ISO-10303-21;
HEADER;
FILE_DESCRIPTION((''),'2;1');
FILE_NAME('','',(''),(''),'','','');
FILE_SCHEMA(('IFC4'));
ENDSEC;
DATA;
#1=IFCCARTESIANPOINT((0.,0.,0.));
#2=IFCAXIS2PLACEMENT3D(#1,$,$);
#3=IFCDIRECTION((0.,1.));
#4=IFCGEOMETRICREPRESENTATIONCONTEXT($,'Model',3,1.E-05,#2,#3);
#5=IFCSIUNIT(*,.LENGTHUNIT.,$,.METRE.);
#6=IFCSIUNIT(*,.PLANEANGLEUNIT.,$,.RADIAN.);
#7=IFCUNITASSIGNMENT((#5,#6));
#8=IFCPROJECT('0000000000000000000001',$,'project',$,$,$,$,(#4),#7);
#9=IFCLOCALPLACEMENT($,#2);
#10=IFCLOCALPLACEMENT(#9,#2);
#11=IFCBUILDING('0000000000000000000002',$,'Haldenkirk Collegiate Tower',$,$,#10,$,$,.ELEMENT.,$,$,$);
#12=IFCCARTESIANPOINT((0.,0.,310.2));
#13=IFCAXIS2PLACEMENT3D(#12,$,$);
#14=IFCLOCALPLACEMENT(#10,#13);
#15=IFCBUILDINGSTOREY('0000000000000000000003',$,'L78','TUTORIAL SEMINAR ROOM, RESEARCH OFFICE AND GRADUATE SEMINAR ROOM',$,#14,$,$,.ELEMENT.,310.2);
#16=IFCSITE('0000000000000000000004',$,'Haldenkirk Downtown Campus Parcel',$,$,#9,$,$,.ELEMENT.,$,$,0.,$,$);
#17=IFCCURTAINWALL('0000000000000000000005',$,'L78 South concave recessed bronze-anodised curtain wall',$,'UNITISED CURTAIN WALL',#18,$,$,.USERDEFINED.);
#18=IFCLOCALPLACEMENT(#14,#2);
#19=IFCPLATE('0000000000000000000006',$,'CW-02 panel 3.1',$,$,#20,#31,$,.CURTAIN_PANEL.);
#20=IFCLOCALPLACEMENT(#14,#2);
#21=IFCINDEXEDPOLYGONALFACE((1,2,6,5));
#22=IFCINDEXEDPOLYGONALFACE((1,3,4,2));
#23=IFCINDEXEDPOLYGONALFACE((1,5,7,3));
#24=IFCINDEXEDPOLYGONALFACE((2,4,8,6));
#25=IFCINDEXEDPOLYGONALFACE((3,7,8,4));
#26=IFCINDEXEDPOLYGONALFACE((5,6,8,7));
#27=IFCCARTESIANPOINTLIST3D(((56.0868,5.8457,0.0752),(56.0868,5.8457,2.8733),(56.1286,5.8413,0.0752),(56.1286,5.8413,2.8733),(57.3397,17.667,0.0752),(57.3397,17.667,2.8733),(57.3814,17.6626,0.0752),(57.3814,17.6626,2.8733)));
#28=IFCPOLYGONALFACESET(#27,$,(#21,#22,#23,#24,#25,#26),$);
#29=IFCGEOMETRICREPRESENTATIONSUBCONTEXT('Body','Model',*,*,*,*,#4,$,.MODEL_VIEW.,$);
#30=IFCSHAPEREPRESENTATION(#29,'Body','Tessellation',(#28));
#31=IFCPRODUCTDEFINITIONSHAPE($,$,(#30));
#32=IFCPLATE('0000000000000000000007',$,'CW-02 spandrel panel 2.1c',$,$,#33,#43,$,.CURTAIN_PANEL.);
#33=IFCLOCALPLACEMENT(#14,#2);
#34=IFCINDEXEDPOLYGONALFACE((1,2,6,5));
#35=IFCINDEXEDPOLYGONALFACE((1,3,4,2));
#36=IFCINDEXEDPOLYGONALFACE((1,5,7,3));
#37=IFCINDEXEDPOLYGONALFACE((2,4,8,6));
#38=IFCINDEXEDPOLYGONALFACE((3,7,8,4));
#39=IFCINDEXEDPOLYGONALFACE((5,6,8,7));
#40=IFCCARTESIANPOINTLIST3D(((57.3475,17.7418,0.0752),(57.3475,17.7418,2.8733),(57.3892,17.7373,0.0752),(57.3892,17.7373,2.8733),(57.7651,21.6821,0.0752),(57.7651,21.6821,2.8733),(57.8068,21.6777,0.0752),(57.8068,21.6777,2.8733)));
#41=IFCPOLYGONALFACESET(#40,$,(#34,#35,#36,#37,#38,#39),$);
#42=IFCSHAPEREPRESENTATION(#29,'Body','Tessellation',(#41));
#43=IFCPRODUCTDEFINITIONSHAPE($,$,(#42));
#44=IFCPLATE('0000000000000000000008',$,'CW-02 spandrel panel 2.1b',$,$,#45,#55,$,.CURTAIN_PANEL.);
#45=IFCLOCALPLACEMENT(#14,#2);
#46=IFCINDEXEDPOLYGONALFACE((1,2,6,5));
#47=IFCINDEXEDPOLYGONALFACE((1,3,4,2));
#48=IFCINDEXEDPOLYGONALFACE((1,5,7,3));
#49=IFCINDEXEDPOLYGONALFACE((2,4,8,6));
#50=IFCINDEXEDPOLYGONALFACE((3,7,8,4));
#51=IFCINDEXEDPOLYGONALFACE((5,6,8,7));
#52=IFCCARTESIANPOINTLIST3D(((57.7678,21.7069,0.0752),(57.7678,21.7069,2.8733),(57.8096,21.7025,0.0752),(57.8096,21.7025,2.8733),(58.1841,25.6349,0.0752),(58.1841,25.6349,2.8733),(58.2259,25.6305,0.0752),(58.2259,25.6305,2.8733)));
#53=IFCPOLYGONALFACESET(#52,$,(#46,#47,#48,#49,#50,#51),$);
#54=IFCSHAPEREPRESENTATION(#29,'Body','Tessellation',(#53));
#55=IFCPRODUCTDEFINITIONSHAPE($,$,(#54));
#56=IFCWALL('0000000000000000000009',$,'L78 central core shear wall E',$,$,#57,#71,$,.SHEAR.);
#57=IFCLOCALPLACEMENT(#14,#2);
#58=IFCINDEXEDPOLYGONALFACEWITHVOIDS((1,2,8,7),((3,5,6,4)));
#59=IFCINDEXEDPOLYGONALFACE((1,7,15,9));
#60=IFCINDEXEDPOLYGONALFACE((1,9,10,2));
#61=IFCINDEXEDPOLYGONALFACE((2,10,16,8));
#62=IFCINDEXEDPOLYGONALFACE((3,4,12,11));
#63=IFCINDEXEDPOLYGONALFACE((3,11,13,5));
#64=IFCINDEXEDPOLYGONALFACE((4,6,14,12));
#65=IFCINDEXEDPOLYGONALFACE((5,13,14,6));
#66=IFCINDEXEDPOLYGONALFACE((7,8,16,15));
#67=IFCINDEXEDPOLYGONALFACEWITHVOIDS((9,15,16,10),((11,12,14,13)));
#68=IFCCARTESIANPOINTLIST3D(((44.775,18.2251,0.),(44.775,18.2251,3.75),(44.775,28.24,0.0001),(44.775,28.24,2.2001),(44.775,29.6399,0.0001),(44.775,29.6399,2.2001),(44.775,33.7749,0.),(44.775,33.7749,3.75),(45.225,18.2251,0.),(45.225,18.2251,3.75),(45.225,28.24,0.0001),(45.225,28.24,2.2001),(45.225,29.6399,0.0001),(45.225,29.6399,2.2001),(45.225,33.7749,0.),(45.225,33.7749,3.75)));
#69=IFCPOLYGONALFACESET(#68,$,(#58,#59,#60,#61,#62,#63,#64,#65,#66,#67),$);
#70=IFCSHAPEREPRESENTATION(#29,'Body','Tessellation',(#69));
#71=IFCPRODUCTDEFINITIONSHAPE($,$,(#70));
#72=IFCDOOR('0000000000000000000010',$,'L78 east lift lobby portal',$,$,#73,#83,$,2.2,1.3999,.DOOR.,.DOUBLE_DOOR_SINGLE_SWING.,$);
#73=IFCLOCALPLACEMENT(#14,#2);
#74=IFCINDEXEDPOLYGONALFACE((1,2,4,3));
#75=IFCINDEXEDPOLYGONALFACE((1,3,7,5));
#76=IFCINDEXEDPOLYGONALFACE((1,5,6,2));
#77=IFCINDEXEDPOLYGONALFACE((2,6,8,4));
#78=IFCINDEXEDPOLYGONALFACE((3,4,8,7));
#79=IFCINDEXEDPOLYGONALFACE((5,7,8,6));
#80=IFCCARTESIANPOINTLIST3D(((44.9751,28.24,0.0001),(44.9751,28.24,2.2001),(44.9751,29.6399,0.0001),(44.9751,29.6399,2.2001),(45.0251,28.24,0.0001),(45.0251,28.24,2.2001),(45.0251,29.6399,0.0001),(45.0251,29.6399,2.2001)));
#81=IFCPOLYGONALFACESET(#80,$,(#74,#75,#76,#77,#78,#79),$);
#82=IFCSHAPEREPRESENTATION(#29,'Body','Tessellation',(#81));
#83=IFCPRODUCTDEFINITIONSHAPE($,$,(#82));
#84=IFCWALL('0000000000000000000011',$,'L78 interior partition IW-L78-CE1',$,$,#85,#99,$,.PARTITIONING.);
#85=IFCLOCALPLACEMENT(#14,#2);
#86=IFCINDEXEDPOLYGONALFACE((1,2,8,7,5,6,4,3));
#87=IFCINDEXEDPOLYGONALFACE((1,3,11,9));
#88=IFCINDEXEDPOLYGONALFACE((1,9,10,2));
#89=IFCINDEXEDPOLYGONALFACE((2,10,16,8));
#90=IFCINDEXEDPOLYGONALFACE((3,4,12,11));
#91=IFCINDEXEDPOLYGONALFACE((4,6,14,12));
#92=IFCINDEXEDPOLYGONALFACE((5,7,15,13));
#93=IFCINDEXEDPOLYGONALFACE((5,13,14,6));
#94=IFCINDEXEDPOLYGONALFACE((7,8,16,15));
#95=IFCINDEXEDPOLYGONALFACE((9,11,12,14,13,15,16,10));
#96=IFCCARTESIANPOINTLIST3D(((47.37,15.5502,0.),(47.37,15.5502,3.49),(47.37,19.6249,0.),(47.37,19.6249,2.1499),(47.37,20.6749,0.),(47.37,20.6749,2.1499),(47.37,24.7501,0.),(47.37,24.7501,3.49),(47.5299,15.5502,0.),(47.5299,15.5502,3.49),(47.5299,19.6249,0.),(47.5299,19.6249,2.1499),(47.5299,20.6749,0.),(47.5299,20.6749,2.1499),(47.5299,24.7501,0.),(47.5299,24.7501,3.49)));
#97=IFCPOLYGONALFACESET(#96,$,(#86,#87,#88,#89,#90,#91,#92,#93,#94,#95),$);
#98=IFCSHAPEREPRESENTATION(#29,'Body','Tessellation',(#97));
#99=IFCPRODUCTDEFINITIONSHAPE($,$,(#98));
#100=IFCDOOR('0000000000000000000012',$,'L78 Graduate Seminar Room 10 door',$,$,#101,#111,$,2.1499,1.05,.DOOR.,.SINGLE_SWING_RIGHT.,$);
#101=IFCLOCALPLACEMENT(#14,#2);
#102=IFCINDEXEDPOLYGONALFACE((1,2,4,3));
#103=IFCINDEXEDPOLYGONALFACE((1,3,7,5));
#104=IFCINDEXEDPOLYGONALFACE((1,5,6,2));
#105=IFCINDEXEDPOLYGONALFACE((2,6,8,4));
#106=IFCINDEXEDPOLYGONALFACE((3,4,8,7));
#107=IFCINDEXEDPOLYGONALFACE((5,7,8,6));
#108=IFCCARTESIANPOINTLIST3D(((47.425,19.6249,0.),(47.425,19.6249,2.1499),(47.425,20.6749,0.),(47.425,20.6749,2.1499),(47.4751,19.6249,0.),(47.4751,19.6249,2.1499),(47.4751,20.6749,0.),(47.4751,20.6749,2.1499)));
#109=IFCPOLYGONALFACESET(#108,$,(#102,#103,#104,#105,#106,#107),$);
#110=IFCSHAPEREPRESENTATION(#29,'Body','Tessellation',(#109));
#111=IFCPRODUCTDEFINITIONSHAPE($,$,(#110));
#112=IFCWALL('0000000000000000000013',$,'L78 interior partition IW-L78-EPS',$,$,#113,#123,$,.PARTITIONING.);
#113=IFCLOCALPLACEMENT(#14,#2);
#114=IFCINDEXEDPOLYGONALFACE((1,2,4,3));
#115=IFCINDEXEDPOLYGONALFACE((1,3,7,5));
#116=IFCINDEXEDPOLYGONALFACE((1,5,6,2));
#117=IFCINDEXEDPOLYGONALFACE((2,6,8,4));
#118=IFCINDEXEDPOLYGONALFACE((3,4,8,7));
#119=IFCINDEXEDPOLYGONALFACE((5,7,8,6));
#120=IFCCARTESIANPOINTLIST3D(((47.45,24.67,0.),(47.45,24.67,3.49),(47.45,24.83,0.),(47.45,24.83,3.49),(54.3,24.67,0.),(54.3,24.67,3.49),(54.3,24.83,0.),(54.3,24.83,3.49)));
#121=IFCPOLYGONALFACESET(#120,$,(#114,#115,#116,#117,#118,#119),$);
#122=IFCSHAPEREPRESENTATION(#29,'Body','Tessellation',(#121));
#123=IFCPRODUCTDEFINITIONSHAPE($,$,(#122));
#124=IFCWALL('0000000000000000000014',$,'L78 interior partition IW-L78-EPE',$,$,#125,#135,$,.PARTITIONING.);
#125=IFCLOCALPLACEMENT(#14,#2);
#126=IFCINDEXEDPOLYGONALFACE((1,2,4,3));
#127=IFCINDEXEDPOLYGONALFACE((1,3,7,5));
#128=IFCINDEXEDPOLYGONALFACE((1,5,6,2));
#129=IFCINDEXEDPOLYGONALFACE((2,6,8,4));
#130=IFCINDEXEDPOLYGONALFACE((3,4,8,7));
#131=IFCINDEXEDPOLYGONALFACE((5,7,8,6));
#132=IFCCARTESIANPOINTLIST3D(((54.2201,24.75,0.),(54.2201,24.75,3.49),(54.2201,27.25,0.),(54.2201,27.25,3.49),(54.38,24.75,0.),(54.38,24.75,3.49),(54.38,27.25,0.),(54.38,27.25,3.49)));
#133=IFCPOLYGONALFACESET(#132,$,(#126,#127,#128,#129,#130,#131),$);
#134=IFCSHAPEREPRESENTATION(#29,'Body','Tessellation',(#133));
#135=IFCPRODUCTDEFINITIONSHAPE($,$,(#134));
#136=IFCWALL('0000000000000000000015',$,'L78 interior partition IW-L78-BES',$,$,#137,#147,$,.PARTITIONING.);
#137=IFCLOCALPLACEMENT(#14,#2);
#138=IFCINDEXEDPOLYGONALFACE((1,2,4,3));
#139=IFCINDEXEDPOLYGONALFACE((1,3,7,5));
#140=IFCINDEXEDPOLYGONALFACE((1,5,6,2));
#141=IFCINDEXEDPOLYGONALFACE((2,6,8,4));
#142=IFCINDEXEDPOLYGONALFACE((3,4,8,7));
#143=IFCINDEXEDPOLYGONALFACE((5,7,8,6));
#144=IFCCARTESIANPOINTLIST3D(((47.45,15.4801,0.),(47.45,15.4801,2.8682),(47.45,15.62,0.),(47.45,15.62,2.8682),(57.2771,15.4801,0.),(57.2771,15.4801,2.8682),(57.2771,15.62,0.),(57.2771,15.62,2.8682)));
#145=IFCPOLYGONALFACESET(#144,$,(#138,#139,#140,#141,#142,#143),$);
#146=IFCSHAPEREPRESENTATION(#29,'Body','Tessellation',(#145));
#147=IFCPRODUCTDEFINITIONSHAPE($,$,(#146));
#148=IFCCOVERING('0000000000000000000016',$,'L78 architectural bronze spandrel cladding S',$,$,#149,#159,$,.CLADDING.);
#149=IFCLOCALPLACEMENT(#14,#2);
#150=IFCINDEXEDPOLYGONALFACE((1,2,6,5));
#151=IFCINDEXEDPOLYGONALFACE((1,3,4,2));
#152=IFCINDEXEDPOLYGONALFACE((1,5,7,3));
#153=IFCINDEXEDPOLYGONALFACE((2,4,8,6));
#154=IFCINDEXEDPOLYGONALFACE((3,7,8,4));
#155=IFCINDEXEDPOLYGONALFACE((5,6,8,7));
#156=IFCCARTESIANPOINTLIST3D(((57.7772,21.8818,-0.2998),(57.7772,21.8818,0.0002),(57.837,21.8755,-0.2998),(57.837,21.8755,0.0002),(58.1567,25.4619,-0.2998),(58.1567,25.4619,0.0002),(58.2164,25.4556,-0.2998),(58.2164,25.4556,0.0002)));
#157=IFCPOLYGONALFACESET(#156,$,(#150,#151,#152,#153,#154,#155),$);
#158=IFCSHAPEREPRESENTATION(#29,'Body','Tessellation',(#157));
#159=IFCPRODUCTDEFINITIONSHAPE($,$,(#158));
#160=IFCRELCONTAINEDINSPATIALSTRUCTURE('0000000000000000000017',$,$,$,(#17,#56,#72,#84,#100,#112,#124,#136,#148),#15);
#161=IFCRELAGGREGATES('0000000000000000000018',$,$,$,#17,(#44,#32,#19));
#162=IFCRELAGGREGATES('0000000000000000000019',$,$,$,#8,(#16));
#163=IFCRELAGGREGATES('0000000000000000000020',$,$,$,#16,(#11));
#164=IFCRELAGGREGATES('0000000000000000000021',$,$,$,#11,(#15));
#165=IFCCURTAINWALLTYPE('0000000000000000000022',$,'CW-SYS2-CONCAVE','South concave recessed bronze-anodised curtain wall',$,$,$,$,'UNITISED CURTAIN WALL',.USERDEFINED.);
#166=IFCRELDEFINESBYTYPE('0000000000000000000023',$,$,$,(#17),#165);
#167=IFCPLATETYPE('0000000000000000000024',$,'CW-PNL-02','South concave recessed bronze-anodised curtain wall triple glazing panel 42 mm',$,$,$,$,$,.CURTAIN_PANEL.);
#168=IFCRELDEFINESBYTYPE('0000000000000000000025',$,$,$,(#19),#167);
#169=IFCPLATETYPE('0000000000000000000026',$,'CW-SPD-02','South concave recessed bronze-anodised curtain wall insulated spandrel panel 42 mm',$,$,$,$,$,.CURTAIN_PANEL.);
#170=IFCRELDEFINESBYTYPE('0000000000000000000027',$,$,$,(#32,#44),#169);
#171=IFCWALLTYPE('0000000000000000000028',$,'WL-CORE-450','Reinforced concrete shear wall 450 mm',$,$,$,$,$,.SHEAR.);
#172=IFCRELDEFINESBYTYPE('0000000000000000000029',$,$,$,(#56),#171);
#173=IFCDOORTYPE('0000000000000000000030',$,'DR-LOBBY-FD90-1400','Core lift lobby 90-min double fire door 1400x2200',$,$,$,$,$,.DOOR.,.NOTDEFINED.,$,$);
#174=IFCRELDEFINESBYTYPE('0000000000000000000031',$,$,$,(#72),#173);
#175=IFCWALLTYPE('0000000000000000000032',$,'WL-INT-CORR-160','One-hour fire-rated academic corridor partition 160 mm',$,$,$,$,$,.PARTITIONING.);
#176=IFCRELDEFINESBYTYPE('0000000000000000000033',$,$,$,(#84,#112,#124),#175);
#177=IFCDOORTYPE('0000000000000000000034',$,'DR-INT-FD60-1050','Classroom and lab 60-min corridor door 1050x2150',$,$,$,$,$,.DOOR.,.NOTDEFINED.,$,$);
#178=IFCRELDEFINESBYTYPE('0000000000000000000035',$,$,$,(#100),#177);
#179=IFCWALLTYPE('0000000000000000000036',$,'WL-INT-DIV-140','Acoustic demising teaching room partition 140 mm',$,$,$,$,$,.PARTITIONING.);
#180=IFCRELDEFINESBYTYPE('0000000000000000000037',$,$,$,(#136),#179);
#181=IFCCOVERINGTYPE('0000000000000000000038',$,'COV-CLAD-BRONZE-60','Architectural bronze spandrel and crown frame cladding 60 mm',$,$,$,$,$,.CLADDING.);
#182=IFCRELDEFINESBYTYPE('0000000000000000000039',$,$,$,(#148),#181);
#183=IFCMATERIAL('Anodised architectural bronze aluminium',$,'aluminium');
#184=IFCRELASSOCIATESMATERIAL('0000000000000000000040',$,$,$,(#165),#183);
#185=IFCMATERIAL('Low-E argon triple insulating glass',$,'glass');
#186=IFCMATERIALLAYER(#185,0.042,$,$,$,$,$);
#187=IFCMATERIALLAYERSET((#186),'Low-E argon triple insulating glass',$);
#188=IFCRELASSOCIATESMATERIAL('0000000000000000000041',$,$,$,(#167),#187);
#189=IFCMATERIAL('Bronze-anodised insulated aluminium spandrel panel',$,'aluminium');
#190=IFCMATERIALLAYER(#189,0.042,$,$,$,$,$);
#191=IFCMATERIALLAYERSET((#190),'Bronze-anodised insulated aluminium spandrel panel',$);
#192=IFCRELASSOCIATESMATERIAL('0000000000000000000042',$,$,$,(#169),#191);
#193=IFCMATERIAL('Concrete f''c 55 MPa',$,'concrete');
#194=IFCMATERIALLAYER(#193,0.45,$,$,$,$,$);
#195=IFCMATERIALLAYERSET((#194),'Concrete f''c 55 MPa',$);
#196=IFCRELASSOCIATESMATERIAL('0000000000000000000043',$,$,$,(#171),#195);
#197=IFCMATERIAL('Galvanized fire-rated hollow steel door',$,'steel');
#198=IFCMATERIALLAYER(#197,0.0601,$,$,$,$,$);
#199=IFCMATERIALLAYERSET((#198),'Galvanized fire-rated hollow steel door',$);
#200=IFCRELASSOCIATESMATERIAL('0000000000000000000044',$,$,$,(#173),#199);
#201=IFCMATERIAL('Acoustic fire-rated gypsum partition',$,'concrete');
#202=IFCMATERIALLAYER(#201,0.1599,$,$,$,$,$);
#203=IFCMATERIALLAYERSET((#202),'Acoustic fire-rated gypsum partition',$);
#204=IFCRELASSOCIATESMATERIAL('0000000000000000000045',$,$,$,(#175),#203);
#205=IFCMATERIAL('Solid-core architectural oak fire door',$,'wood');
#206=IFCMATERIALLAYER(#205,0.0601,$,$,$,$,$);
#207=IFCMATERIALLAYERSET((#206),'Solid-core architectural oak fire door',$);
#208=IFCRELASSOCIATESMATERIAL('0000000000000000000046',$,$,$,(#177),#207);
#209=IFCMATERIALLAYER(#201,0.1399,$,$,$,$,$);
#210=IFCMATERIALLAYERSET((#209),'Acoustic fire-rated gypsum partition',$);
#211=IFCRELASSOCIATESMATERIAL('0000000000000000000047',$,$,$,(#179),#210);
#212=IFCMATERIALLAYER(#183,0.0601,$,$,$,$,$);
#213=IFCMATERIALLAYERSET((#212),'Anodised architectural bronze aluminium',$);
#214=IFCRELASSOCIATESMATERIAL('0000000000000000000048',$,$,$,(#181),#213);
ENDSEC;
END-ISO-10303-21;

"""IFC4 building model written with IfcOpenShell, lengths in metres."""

from ifc_helpers import new_model, si_unit, direction, frame, frame_2d, origin, origin_2d, place, context, subcontext, project, spatial, rectangle, extrude, source, transform, mapped, material, layer, layer_set, type_object, element, fill, aggregate, save


model = new_model("IFC4")

# Units and contexts
model_context = context("Model", 3, precision=1e-05, world=origin(), true_north=direction((0.0, 1.0)))
body_context = subcontext(model_context, "Body", "Model", "MODEL_VIEW")
ifc_project = project(units=[si_unit("LENGTHUNIT", "METRE"), si_unit("PLANEANGLEUNIT", "RADIAN")], contexts=[model_context])

# Site, building, storey
site_placement = place(None, origin())
site = spatial("IfcSite", under=ifc_project, at=site_placement, Name="Haldenkirk Downtown Campus Parcel", CompositionType="ELEMENT", RefElevation=0.0)
building_placement = place(site_placement, origin())
building = spatial("IfcBuilding", under=site, at=building_placement, Name="Haldenkirk Collegiate Tower", CompositionType="ELEMENT")
storey_placement = place(building_placement, frame((0.0, 0.0, 310.2)))
storey = spatial("IfcBuildingStorey", under=building, at=storey_placement, Name="L78", Description="TUTORIAL SEMINAR ROOM, RESEARCH OFFICE AND GRADUATE SEMINAR ROOM", CompositionType="ELEMENT", Elevation=310.2)

# Curtain wall, plates
ifc_material_1 = material(Name="Anodised architectural bronze aluminium", Category="aluminium")
curtain_wall_type = type_object("IfcCurtainWallType", Name="CW-SYS2-CONCAVE", Description="South concave recessed bronze-anodised curtain wall", ElementType="UNITISED CURTAIN WALL", PredefinedType="USERDEFINED", material=ifc_material_1)
curtain_wall_placement = place(storey_placement, origin())
curtain_wall = element("IfcCurtainWall", 1, at=curtain_wall_placement, inside=storey, type_object=curtain_wall_type, Name="L78 South concave recessed bronze-anodised curtain wall", ObjectType="UNITISED CURTAIN WALL", PredefinedType="USERDEFINED")
ifc_material_2 = material(Name="Low-E argon triple insulating glass", Category="glass")
ifc_layer_1 = layer(ifc_material_2, 0.042)
ifc_layer_set_1 = layer_set([ifc_layer_1], Name="Low-E argon triple insulating glass")
plate_type_1 = type_object("IfcPlateType", Name="CW-PNL-02", Description="South concave recessed bronze-anodised curtain wall triple glazing panel 42 mm", PredefinedType="CURTAIN_PANEL", material=ifc_layer_set_1)
shared_shape_1 = source(origin(), body_context, "Body", "SweptSolid", [
    extrude(rectangle(XDim=11.8875, YDim=0.042, at=origin_2d()), origin(), (0.0, 0.0, 1.0), 2.7981),
])
plate_1_placement = place(storey_placement, frame((56.7341, 11.7542, 0.0752), z_axis=(0.0, 0.0, 1.0), x_axis=(-0.105394, -0.99443, 0.0)))
plate_1 = element("IfcPlate", 2, at=plate_1_placement, type_object=plate_type_1, Name="CW-02 panel 3.1", PredefinedType="CURTAIN_PANEL", context=body_context, shape_type="MappedRepresentation", body=[
    mapped(shared_shape_1, transform((0.0, 0.0, 0.0), x_axis=(1.0, 0.0, 0.0), y_axis=(0.0, 1.0, 0.0), z_axis=(0.0, 0.0, 1.0), scale=1.0)),
])
ifc_material_3 = material(Name="Bronze-anodised insulated aluminium spandrel panel", Category="aluminium")
ifc_layer_2 = layer(ifc_material_3, 0.042)
ifc_layer_set_2 = layer_set([ifc_layer_2], Name="Bronze-anodised insulated aluminium spandrel panel")
plate_type_2 = type_object("IfcPlateType", Name="CW-SPD-02", Description="South concave recessed bronze-anodised curtain wall insulated spandrel panel 42 mm", PredefinedType="CURTAIN_PANEL", material=ifc_layer_set_2)
shared_shape_2 = source(origin(), body_context, "Body", "SweptSolid", [
    extrude(rectangle(XDim=3.9624, YDim=0.042, at=origin_2d()), origin(), (0.0, 0.0, 1.0), 2.7981),
])
plate_2_placement = place(storey_placement, frame((57.5771, 19.7097, 0.0752), z_axis=(0.0, 0.0, 1.0), x_axis=(-0.105394, -0.99443, 0.0)))
plate_2 = element("IfcPlate", 3, at=plate_2_placement, type_object=plate_type_2, Name="CW-02 spandrel panel 2.1c", PredefinedType="CURTAIN_PANEL", context=body_context, shape_type="MappedRepresentation", body=[
    mapped(shared_shape_2, transform((0.0, 0.0, 0.0), x_axis=(1.0, 0.0, 0.0), y_axis=(0.0, 1.0, 0.0), z_axis=(0.0, 0.0, 1.0), scale=1.0)),
])
shared_shape_3 = source(origin(), body_context, "Body", "SweptSolid", [
    extrude(rectangle(XDim=3.95, YDim=0.042, at=origin_2d()), origin(), (0.0, 0.0, 1.0), 2.7981),
])
plate_3_placement = place(storey_placement, frame((57.9968, 23.6687, 0.0752), z_axis=(0.0, 0.0, 1.0), x_axis=(-0.105394, -0.99443, 0.0)))
plate_3 = element("IfcPlate", 4, at=plate_3_placement, type_object=plate_type_2, Name="CW-02 spandrel panel 2.1b", PredefinedType="CURTAIN_PANEL", context=body_context, shape_type="MappedRepresentation", body=[
    mapped(shared_shape_3, transform((0.0, 0.0, 0.0), x_axis=(1.0, 0.0, 0.0), y_axis=(0.0, 1.0, 0.0), z_axis=(0.0, 0.0, 1.0), scale=1.0)),
])
aggregate(curtain_wall, [plate_3, plate_2, plate_1])

# Walls, openings, doors
ifc_material_4 = material(Name="Concrete f'c 55 MPa", Category="concrete")
ifc_layer_3 = layer(ifc_material_4, 0.45)
ifc_layer_set_3 = layer_set([ifc_layer_3], Name="Concrete f'c 55 MPa")
wall_type_1 = type_object("IfcWallType", Name="WL-CORE-450", Description="Reinforced concrete shear wall 450 mm", PredefinedType="SHEAR", material=ifc_layer_set_3)
wall_1_placement = place(storey_placement, frame((45.0, 18.2251, 0.0), z_axis=(0.0, 0.0, 1.0), x_axis=(0.0, 1.0, 0.0)))
wall_1 = element("IfcWall", 5, at=wall_1_placement, inside=storey, type_object=wall_type_1, Name="L78 central core shear wall E", PredefinedType="SHEAR", context=body_context, shape_type="SweptSolid", body=[
    extrude(rectangle(XDim=15.5498, YDim=0.45, at=frame_2d((7.7749, 0.0))), origin(), (0.0, 0.0, 1.0), 3.75),
])
opening_1_placement = place(wall_1_placement, frame((10.0149, 0.0, 0.0)))
opening_1 = element("IfcOpeningElement", 6, at=opening_1_placement, cuts=wall_1, PredefinedType="OPENING", context=body_context, shape_type="SweptSolid", body=[
    extrude(rectangle(XDim=1.3999, YDim=2.2, at=frame_2d((0.7, 1.1001))), frame((0.0, 0.2349, 0.0), z_axis=(0.0, -1.0, 0.0), x_axis=(1.0, 0.0, 0.0)), (0.0, 0.0, 1.0), 0.47),
])
ifc_material_5 = material(Name="Galvanized fire-rated hollow steel door", Category="steel")
ifc_layer_4 = layer(ifc_material_5, 0.0601)
ifc_layer_set_4 = layer_set([ifc_layer_4], Name="Galvanized fire-rated hollow steel door")
door_type_1 = type_object("IfcDoorType", Name="DR-LOBBY-FD90-1400", Description="Core lift lobby 90-min double fire door 1400x2200", OperationType="NOTDEFINED", PredefinedType="DOOR", material=ifc_layer_set_4)
door_1_placement = place(opening_1_placement, origin())
door_1 = element("IfcDoor", 7, at=door_1_placement, inside=storey, type_object=door_type_1, Name="L78 east lift lobby portal", OperationType="DOUBLE_DOOR_SINGLE_SWING", OverallHeight=2.2, OverallWidth=1.3999, PredefinedType="DOOR", context=body_context, shape_type="SweptSolid", body=[
    extrude(rectangle(XDim=1.3999, YDim=2.2, at=frame_2d((0.7, 1.1001))), frame((0.0, 0.0249, 0.0), z_axis=(0.0, -1.0, 0.0), x_axis=(1.0, 0.0, 0.0)), (0.0, 0.0, 1.0), 0.05),
])
fill(opening_1, door_1)
ifc_material_6 = material(Name="Acoustic fire-rated gypsum partition", Category="concrete")
ifc_layer_5 = layer(ifc_material_6, 0.1599)
ifc_layer_set_5 = layer_set([ifc_layer_5], Name="Acoustic fire-rated gypsum partition")
wall_type_2 = type_object("IfcWallType", Name="WL-INT-CORR-160", Description="One-hour fire-rated academic corridor partition 160 mm", PredefinedType="PARTITIONING", material=ifc_layer_set_5)
wall_2_placement = place(storey_placement, frame((47.45, 15.55, 0.0), z_axis=(0.0, 0.0, 1.0), x_axis=(0.0, 1.0, 0.0)))
wall_2 = element("IfcWall", 8, at=wall_2_placement, inside=storey, type_object=wall_type_2, Name="L78 interior partition IW-L78-CE1", PredefinedType="PARTITIONING", context=body_context, shape_type="SweptSolid", body=[
    extrude(rectangle(XDim=9.2, YDim=0.1599, at=frame_2d((4.6001, 0.0))), origin(), (0.0, 0.0, 1.0), 3.49),
])
opening_2_placement = place(wall_2_placement, frame((4.075, 0.0, 0.0)))
opening_2 = element("IfcOpeningElement", 9, at=opening_2_placement, cuts=wall_2, PredefinedType="OPENING", context=body_context, shape_type="SweptSolid", body=[
    extrude(rectangle(XDim=1.05, YDim=2.1499, at=frame_2d((0.5249, 1.075))), frame((0.0, 0.0898, 0.0), z_axis=(0.0, -1.0, 0.0), x_axis=(1.0, 0.0, 0.0)), (0.0, 0.0, 1.0), 0.1799),
])
ifc_material_7 = material(Name="Solid-core architectural oak fire door", Category="wood")
ifc_layer_6 = layer(ifc_material_7, 0.0601)
ifc_layer_set_6 = layer_set([ifc_layer_6], Name="Solid-core architectural oak fire door")
door_type_2 = type_object("IfcDoorType", Name="DR-INT-FD60-1050", Description="Classroom and lab 60-min corridor door 1050x2150", OperationType="NOTDEFINED", PredefinedType="DOOR", material=ifc_layer_set_6)
door_2_placement = place(opening_2_placement, origin())
door_2 = element("IfcDoor", 10, at=door_2_placement, inside=storey, type_object=door_type_2, Name="L78 Graduate Seminar Room 10 door", OperationType="SINGLE_SWING_RIGHT", OverallHeight=2.1499, OverallWidth=1.05, PredefinedType="DOOR", context=body_context, shape_type="SweptSolid", body=[
    extrude(rectangle(XDim=1.05, YDim=2.1499, at=frame_2d((0.5249, 1.075))), frame((0.0, 0.0249, 0.0), z_axis=(0.0, -1.0, 0.0), x_axis=(1.0, 0.0, 0.0)), (0.0, 0.0, 1.0), 0.05),
])
fill(opening_2, door_2)

# Walls
wall_3_placement = place(storey_placement, frame((47.45, 24.75, 0.0), z_axis=(0.0, 0.0, 1.0), x_axis=(1.0, 0.0, 0.0)))
element("IfcWall", 11, at=wall_3_placement, inside=storey, type_object=wall_type_2, Name="L78 interior partition IW-L78-EPS", PredefinedType="PARTITIONING", context=body_context, shape_type="SweptSolid", body=[
    extrude(rectangle(XDim=6.8501, YDim=0.1599, at=frame_2d((3.425, 0.0))), origin(), (0.0, 0.0, 1.0), 3.49),
])
wall_4_placement = place(storey_placement, frame((54.3, 24.75, 0.0), z_axis=(0.0, 0.0, 1.0), x_axis=(0.0, 1.0, 0.0)))
element("IfcWall", 12, at=wall_4_placement, inside=storey, type_object=wall_type_2, Name="L78 interior partition IW-L78-EPE", PredefinedType="PARTITIONING", context=body_context, shape_type="SweptSolid", body=[
    extrude(rectangle(XDim=2.5, YDim=0.1599, at=frame_2d((1.25, 0.0))), origin(), (0.0, 0.0, 1.0), 3.49),
])
ifc_layer_7 = layer(ifc_material_6, 0.1399)
ifc_layer_set_7 = layer_set([ifc_layer_7], Name="Acoustic fire-rated gypsum partition")
wall_type_3 = type_object("IfcWallType", Name="WL-INT-DIV-140", Description="Acoustic demising teaching room partition 140 mm", PredefinedType="PARTITIONING", material=ifc_layer_set_7)
wall_5_placement = place(storey_placement, frame((47.45, 15.55, 0.0), z_axis=(0.0, 0.0, 1.0), x_axis=(1.0, 0.0, 0.0)))
element("IfcWall", 13, at=wall_5_placement, inside=storey, type_object=wall_type_3, Name="L78 interior partition IW-L78-BES", PredefinedType="PARTITIONING", context=body_context, shape_type="SweptSolid", body=[
    extrude(rectangle(XDim=9.8271, YDim=0.1399, at=frame_2d((4.9136, 0.0))), origin(), (0.0, 0.0, 1.0), 2.8682),
])

# Covering
ifc_layer_8 = layer(ifc_material_1, 0.0601)
ifc_layer_set_8 = layer_set([ifc_layer_8], Name="Anodised architectural bronze aluminium")
covering_type = type_object("IfcCoveringType", Name="COV-CLAD-BRONZE-60", Description="Architectural bronze spandrel and crown frame cladding 60 mm", PredefinedType="CLADDING", material=ifc_layer_set_8)
shared_shape_4 = source(origin(), body_context, "Body", "SweptSolid", [
    extrude(rectangle(XDim=3.6001, YDim=0.0601, at=origin_2d()), origin(), (0.0, 0.0, 1.0), 0.3),
])
covering_placement = place(storey_placement, frame((57.9968, 23.6687, -0.2998), z_axis=(0.0, 0.0, 1.0), x_axis=(-0.105396, -0.99443, 0.0)))
element("IfcCovering", 14, at=covering_placement, inside=storey, type_object=covering_type, Name="L78 architectural bronze spandrel cladding S", PredefinedType="CLADDING", context=body_context, shape_type="MappedRepresentation", body=[
    mapped(shared_shape_4, transform((0.0, 0.0, 0.0), x_axis=(1.0, 0.0, 0.0), y_axis=(0.0, 1.0, 0.0), z_axis=(0.0, 0.0, 1.0), scale=1.0)),
])

save(model, "model.ifc")
